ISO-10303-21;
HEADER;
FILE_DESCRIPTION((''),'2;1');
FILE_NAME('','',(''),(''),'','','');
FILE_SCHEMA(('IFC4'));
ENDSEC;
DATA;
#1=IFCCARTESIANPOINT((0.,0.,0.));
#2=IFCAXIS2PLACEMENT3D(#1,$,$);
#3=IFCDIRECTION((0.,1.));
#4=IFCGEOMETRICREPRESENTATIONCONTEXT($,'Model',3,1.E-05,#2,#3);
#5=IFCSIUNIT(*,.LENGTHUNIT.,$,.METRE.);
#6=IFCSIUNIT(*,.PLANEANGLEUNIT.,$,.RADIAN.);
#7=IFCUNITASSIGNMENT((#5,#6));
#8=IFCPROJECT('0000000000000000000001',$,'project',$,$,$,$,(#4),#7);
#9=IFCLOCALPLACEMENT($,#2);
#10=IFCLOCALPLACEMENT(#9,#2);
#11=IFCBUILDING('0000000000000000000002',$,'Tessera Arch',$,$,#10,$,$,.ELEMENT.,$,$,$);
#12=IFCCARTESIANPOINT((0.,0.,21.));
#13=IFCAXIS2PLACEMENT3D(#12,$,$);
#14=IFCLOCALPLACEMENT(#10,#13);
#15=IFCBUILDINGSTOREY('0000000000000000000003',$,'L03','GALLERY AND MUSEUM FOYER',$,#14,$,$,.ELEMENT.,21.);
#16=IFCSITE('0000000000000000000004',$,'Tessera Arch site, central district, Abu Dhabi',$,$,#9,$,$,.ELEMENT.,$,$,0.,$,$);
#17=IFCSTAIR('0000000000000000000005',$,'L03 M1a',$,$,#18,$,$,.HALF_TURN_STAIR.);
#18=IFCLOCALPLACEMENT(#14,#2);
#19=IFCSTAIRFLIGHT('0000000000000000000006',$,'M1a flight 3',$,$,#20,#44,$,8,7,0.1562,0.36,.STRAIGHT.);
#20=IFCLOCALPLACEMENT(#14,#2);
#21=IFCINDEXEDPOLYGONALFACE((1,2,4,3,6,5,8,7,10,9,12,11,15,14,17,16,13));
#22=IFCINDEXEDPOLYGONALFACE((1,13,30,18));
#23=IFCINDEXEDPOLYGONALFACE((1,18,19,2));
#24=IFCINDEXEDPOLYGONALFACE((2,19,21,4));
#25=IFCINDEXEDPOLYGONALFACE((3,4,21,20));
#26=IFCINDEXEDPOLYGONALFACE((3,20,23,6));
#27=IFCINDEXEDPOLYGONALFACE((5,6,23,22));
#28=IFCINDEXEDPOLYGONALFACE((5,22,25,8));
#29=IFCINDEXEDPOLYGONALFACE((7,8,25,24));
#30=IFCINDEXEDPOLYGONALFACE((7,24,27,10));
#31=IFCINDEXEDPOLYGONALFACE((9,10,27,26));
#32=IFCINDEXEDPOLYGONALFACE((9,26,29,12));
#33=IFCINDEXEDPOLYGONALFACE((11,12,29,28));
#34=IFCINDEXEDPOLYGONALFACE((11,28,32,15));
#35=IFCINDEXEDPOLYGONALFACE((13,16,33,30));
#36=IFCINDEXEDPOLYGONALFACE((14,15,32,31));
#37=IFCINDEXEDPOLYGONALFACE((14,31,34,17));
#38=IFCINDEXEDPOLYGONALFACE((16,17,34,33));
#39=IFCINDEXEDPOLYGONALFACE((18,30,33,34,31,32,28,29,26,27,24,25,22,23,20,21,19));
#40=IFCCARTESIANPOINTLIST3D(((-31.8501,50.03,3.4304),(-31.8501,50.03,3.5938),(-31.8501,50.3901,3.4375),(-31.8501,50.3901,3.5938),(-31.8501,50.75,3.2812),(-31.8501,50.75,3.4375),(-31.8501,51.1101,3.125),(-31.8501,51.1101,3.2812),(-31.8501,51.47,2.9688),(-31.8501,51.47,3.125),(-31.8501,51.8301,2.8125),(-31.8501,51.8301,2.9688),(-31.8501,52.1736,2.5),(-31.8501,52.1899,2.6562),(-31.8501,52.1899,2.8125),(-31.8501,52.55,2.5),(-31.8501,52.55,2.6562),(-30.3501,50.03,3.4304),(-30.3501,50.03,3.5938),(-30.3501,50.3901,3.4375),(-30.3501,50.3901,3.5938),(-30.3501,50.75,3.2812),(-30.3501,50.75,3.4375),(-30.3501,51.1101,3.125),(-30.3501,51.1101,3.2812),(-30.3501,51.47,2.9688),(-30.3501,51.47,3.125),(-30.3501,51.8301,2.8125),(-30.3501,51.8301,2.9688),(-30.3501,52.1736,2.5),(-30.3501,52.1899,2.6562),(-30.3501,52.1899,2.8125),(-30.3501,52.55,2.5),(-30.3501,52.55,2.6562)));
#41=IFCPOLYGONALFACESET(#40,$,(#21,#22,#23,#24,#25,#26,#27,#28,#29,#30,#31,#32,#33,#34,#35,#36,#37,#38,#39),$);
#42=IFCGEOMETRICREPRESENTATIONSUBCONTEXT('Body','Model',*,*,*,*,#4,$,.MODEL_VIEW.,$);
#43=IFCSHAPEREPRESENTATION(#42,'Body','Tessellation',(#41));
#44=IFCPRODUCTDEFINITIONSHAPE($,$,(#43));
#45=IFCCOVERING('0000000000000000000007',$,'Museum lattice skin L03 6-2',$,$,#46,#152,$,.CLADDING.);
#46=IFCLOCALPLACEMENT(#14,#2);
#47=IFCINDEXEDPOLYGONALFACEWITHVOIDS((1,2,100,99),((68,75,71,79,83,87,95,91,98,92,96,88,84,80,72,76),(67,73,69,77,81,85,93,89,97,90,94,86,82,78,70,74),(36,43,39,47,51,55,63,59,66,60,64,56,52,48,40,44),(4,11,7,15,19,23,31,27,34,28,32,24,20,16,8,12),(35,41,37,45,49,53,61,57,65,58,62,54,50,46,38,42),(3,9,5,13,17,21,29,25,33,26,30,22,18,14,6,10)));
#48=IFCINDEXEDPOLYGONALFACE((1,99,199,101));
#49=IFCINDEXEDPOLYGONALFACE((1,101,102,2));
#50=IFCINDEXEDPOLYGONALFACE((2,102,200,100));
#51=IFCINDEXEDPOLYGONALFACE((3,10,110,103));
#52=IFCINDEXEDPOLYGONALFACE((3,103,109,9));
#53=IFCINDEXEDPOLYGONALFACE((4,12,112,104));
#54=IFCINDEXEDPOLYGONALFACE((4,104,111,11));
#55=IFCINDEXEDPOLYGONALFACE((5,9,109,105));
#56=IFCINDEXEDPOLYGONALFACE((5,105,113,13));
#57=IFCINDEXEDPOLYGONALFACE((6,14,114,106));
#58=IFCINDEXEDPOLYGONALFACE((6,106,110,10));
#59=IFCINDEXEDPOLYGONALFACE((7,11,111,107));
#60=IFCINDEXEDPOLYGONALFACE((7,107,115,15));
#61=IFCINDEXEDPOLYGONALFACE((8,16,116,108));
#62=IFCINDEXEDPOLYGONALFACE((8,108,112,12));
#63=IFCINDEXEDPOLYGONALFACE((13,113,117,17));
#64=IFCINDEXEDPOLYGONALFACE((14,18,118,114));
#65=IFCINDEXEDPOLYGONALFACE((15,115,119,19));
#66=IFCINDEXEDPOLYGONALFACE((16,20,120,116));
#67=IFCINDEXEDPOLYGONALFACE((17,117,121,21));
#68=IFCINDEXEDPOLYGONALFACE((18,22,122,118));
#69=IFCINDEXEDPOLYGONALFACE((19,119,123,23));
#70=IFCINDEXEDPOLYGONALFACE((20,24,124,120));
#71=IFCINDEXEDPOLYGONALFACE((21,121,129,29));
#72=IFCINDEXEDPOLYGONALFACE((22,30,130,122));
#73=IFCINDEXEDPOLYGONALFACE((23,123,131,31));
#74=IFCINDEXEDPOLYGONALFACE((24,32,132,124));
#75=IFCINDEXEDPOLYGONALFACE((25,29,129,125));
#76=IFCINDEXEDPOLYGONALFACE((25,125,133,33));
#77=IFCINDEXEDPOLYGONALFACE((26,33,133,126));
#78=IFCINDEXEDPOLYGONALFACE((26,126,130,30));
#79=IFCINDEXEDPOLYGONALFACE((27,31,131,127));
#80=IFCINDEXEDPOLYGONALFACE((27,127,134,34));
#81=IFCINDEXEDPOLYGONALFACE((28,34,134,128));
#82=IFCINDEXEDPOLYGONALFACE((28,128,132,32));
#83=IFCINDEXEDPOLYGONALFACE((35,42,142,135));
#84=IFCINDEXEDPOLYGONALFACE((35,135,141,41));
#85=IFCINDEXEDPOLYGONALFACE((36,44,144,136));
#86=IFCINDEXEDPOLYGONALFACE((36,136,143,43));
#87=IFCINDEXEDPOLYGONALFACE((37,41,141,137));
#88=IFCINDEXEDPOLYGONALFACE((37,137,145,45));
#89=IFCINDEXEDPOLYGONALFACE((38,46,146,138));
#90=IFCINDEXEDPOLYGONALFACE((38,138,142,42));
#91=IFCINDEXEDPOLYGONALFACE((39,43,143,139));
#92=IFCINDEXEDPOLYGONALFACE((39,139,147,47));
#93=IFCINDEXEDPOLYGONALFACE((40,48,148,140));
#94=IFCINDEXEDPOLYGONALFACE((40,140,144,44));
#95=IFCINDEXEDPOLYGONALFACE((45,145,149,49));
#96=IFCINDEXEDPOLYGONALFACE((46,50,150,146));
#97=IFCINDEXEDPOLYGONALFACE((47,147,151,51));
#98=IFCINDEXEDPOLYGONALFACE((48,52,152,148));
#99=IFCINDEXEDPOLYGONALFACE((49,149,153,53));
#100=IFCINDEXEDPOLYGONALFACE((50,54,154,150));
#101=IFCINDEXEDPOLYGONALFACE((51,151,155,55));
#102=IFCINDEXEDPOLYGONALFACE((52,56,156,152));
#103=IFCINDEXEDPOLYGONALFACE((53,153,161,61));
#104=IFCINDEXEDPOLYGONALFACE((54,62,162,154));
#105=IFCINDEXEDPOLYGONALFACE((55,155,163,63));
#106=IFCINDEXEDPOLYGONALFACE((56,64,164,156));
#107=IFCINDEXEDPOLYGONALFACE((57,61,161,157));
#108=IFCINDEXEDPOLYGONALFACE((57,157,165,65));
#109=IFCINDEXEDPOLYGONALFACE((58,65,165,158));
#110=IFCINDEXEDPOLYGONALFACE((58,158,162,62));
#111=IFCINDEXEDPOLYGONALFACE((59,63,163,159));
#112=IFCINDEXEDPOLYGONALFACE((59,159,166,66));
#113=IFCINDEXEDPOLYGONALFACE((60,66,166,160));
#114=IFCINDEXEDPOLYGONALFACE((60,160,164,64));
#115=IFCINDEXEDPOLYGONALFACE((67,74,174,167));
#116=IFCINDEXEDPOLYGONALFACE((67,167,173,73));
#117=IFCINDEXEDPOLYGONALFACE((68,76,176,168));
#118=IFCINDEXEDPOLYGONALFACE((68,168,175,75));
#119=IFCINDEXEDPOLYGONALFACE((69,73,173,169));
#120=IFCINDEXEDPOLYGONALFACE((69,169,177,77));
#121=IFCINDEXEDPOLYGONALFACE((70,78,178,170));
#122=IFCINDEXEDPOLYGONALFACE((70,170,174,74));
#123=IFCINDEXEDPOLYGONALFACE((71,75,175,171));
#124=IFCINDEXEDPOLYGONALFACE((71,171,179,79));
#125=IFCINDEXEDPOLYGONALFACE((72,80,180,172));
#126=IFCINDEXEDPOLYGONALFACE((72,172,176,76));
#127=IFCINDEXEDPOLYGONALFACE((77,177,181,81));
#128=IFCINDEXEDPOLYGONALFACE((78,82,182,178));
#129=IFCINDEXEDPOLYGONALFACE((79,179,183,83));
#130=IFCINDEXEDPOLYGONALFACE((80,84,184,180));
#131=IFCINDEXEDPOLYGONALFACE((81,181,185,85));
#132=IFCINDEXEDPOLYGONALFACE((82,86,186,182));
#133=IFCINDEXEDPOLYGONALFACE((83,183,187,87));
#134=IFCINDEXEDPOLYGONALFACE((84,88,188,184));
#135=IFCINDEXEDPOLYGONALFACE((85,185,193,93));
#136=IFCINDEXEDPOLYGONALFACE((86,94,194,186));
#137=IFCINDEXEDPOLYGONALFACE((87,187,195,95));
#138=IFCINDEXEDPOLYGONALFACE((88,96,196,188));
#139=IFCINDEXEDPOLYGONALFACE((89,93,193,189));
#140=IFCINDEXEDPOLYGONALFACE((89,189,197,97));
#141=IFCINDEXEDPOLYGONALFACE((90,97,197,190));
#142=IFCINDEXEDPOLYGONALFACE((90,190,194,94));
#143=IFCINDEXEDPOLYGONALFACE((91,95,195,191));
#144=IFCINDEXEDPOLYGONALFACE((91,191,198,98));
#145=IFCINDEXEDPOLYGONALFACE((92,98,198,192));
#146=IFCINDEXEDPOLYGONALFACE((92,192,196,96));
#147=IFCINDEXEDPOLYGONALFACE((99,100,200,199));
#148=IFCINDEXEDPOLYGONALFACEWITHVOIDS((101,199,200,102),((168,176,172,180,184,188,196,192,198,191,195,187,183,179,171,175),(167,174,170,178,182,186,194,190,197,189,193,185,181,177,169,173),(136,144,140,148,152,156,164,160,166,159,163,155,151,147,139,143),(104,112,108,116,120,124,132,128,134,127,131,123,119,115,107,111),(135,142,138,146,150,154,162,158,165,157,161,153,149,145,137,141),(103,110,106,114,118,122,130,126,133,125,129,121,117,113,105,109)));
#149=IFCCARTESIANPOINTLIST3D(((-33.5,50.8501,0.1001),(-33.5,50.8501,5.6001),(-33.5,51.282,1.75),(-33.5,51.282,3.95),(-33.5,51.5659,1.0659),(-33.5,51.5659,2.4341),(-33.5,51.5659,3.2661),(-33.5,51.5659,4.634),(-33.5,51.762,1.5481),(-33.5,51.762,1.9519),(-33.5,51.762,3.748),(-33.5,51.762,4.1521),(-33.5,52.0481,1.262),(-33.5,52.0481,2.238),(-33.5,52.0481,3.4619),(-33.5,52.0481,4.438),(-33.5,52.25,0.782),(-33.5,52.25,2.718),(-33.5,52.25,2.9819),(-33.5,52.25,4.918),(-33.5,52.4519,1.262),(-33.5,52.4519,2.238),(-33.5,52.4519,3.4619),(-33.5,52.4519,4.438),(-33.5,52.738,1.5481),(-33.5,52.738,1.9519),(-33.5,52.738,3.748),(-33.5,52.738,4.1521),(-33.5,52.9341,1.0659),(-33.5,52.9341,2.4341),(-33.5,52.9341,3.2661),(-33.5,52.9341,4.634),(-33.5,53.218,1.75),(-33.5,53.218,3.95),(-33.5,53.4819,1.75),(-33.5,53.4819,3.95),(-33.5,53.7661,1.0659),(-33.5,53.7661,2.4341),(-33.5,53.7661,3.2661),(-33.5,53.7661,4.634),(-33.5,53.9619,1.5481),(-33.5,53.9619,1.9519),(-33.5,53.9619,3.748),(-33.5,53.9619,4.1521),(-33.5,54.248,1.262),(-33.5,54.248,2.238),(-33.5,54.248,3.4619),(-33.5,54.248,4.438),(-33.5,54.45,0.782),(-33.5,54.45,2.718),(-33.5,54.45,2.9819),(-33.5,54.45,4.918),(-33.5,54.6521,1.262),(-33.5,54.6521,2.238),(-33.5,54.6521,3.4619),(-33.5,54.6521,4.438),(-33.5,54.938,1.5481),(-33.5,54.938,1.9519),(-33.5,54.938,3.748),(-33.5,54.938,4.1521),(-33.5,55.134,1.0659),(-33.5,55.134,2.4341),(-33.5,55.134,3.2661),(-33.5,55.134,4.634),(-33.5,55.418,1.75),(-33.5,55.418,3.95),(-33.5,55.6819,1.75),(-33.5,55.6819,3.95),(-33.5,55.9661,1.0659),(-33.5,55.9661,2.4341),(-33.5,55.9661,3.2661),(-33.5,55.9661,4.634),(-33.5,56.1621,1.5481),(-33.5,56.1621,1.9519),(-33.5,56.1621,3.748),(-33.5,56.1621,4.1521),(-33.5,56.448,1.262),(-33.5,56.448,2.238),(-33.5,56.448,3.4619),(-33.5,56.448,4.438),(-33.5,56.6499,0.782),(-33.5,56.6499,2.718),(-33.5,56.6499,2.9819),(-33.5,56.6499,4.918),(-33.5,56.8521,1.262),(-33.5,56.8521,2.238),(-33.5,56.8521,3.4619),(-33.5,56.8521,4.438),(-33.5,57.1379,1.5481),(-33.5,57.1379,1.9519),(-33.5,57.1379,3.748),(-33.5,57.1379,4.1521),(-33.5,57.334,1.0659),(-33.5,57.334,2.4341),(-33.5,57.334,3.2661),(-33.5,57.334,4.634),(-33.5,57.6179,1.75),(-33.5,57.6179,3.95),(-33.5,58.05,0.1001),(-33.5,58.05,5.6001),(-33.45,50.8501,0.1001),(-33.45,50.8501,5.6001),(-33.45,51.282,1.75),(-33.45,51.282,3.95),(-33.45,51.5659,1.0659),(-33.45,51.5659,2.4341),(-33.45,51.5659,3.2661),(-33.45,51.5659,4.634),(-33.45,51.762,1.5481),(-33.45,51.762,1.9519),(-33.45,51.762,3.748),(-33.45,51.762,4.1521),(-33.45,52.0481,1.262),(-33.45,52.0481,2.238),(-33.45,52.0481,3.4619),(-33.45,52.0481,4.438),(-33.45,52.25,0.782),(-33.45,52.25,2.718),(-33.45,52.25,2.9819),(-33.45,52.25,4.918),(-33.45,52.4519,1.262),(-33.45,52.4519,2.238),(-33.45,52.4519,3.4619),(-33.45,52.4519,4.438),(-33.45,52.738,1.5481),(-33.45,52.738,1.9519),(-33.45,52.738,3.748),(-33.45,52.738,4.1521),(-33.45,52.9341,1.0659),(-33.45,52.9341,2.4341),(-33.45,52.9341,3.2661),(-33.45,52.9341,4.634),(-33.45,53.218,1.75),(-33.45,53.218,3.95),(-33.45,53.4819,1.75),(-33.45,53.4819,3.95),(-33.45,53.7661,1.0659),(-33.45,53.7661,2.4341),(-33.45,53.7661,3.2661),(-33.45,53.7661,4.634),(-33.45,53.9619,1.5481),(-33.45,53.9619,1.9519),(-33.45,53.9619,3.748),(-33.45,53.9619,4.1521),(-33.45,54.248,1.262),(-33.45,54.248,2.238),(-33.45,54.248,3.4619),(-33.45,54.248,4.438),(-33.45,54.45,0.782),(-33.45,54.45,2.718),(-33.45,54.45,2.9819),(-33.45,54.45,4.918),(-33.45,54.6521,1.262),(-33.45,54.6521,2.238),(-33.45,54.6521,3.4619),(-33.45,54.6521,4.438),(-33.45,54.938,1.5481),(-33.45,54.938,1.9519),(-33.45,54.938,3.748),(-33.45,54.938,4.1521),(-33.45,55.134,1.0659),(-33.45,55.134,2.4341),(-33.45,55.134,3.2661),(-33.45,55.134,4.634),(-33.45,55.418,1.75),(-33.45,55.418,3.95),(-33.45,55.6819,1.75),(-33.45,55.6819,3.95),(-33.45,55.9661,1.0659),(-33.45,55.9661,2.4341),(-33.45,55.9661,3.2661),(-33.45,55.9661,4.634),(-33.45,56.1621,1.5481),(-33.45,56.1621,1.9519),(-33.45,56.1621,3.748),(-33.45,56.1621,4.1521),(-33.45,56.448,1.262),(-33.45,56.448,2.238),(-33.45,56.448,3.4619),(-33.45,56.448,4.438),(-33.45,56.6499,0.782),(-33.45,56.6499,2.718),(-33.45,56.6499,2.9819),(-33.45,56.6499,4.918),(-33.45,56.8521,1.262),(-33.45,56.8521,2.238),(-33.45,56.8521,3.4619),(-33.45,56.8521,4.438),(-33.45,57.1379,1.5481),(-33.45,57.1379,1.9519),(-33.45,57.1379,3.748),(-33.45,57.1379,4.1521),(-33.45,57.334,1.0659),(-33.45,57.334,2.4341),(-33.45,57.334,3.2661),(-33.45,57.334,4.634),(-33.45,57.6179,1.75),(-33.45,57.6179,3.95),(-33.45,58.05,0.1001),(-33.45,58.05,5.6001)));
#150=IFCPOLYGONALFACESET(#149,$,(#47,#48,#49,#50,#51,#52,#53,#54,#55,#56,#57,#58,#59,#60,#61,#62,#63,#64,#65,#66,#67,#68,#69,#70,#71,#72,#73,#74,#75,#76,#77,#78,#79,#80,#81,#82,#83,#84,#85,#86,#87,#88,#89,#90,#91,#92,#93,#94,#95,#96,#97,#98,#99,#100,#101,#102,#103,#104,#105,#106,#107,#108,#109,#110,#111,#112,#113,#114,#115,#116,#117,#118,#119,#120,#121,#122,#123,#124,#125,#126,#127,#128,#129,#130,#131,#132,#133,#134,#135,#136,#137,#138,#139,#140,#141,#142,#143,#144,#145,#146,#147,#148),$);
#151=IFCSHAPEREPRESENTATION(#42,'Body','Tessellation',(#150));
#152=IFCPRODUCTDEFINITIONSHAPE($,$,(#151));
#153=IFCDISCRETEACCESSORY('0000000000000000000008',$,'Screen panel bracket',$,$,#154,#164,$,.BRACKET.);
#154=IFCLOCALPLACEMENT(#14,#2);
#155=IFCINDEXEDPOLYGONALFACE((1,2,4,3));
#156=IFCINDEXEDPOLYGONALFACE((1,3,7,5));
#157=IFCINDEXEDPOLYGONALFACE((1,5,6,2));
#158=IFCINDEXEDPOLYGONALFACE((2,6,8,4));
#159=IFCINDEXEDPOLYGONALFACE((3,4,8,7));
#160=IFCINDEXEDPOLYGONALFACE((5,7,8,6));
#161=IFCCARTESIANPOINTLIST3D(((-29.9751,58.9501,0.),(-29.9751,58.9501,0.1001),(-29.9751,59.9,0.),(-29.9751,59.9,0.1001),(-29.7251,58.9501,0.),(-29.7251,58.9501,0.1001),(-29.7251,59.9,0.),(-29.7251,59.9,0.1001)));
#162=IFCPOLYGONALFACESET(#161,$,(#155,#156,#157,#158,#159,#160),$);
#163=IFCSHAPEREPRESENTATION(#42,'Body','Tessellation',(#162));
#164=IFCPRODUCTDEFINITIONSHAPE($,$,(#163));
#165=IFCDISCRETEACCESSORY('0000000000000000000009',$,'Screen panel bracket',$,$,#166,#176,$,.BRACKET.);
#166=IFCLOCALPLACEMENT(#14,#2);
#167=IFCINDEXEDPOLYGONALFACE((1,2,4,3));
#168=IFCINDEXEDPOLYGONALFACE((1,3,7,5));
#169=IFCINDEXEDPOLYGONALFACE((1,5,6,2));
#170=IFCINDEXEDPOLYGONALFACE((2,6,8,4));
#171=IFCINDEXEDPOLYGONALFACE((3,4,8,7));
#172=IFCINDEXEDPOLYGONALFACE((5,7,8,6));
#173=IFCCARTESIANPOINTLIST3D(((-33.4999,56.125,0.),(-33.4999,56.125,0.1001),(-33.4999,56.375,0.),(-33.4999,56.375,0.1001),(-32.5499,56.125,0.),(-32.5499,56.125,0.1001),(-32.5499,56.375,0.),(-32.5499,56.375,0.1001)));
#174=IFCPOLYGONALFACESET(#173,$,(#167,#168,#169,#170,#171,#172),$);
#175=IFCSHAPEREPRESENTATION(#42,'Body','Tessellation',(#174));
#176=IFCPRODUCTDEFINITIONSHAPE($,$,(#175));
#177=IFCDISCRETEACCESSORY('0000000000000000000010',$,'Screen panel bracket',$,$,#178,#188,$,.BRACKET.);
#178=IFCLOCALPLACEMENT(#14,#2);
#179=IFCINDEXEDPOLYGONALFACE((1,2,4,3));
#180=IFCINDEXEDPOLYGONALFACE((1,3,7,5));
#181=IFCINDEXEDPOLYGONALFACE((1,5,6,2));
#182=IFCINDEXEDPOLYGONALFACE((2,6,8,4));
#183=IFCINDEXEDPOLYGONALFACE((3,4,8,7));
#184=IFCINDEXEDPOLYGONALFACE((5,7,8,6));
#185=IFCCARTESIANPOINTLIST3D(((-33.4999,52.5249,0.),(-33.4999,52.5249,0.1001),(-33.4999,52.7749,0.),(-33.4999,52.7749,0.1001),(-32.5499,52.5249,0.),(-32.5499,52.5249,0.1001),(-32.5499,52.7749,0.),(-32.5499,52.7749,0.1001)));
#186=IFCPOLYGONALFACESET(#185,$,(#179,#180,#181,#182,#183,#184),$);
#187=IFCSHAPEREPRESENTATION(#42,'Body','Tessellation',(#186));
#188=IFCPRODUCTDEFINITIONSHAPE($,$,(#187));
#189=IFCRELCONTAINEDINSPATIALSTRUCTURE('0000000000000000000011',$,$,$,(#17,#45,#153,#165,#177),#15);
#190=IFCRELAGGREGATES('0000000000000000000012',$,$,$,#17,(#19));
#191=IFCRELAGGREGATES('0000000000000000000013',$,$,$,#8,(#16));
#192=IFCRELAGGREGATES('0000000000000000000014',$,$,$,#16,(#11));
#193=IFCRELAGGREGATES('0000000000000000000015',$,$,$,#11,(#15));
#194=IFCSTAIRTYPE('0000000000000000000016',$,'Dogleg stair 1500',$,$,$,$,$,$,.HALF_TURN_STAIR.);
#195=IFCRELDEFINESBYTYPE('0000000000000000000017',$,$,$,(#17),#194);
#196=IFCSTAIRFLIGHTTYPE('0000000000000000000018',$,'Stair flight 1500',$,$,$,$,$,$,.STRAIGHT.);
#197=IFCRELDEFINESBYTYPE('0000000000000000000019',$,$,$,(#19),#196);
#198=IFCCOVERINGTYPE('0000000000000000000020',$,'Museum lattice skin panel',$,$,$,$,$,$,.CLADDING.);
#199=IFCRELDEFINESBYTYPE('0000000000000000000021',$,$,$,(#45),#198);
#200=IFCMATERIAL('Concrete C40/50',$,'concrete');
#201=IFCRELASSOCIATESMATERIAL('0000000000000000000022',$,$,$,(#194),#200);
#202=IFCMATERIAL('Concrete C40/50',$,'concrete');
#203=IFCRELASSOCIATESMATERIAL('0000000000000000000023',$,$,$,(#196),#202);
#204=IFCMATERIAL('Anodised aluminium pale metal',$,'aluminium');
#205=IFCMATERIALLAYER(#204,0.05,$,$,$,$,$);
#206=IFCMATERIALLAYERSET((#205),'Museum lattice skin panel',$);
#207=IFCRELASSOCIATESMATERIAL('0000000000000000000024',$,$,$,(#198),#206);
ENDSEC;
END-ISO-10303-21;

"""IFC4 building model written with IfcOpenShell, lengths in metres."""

from ifc_helpers import new_model, si_unit, direction, frame, origin, origin_2d, place, context, subcontext, project, spatial, polyline, rectangle, outline, extrude, material, layer, layer_set, type_object, element, aggregate, save


model = new_model("IFC4")

# Units and contexts
model_context = context("Model", 3, precision=1e-05, world=origin(), true_north=direction((0.0, 1.0)))
body_context = subcontext(model_context, "Body", "Model", "MODEL_VIEW")
ifc_project = project(units=[si_unit("LENGTHUNIT", "METRE"), si_unit("PLANEANGLEUNIT", "RADIAN")], contexts=[model_context])

# Site, building, storey
site_placement = place(None, origin())
site = spatial("IfcSite", under=ifc_project, at=site_placement, Name="Tessera Arch site, central district, Abu Dhabi", CompositionType="ELEMENT", RefElevation=0.0)
building_placement = place(site_placement, origin())
building = spatial("IfcBuilding", under=site, at=building_placement, Name="Tessera Arch", CompositionType="ELEMENT")
storey_placement = place(building_placement, frame((0.0, 0.0, 21.0)))
storey = spatial("IfcBuildingStorey", under=building, at=storey_placement, Name="L03", Description="GALLERY AND MUSEUM FOYER", CompositionType="ELEMENT", Elevation=21.0)

# Stair, stair flight
ifc_material_1 = material(Name="Concrete C40/50", Category="concrete")
stair_type = type_object("IfcStairType", Name="Dogleg stair 1500", PredefinedType="HALF_TURN_STAIR", material=ifc_material_1)
stair_placement = place(storey_placement, origin())
stair = element("IfcStair", 1, at=stair_placement, inside=storey, type_object=stair_type, Name="L03 M1a", PredefinedType="HALF_TURN_STAIR")
ifc_material_2 = material(Name="Concrete C40/50", Category="concrete")
stair_flight_type = type_object("IfcStairFlightType", Name="Stair flight 1500", PredefinedType="STRAIGHT", material=ifc_material_2)
stair_flight_placement = place(storey_placement, frame((-31.1001, 52.55, 2.5), z_axis=(0.0, 0.0, 1.0), x_axis=(0.0, -1.0, 0.0)))
stair_flight = element("IfcStairFlight", 2, at=stair_flight_placement, type_object=stair_flight_type, Name="M1a flight 3", NumberOfRisers=8, NumberOfTreads=7, PredefinedType="STRAIGHT", RiserHeight=0.1562, TreadLength=0.36, context=body_context, shape_type="SweptSolid", body=[
    extrude(outline(polyline([(0.0, 0.0), (0.0, 0.1562), (0.3601, 0.1562), (0.3601, 0.3125), (0.72, 0.3125), (0.72, 0.4688), (1.0801, 0.4688), (1.0801, 0.625), (1.4399, 0.625), (1.4399, 0.7812), (1.8, 0.7812), (1.8, 0.9375), (2.1599, 0.9375), (2.1599, 1.0938), (2.52, 1.0938), (2.52, 1.25), (2.52, 0.9304), (0.3765, 0.0), (0.0, 0.0)])), frame((0.0, 0.75, 0.0), z_axis=(0.0, -1.0, 0.0), x_axis=(1.0, 0.0, 0.0)), (0.0, 0.0, 1.0), 1.5),
])
aggregate(stair, [stair_flight])

# Covering
ifc_material_3 = material(Name="Anodised aluminium pale metal", Category="aluminium")
ifc_layer_1 = layer(ifc_material_3, 0.05)
ifc_layer_set_1 = layer_set([ifc_layer_1], Name="Museum lattice skin panel")
covering_type = type_object("IfcCoveringType", Name="Museum lattice skin panel", PredefinedType="CLADDING", material=ifc_layer_set_1)
covering_placement = place(storey_placement, frame((-33.45, 58.05, 5.6001), z_axis=(1.0, 0.0, 0.0), x_axis=(0.0, -1.0, 0.0)))
element("IfcCovering", 3, at=covering_placement, inside=storey, type_object=covering_type, Name="Museum lattice skin L03 6-2", PredefinedType="CLADDING", context=body_context, shape_type="SweptSolid", body=[
    extrude(outline(polyline([(0.0, 0.0), (7.2, 0.0), (7.2, 5.5), (0.0, 5.5), (0.0, 0.0)]), holes=[polyline([(2.3682, 3.8501), (1.8879, 3.6482), (2.084, 3.166), (1.6021, 3.3621), (1.4001, 2.8821), (1.198, 3.3621), (0.7161, 3.166), (0.9121, 3.6482), (0.4321, 3.8501), (0.9121, 4.052), (0.7161, 4.5342), (1.198, 4.3381), (1.4001, 4.8181), (1.6021, 4.3381), (2.084, 4.5342), (1.8879, 4.052), (2.3682, 3.8501)]), polyline([(2.3682, 1.6501), (1.8879, 1.448), (2.084, 0.9661), (1.6021, 1.1621), (1.4001, 0.6821), (1.198, 1.1621), (0.7161, 0.9661), (0.9121, 1.448), (0.4321, 1.6501), (0.9121, 1.8521), (0.7161, 2.334), (1.198, 2.1382), (1.4001, 2.6182), (1.6021, 2.1382), (2.084, 2.334), (1.8879, 1.8521), (2.3682, 1.6501)]), polyline([(4.5681, 3.8501), (4.0881, 3.6482), (4.2839, 3.166), (3.802, 3.3621), (3.6001, 2.8821), (3.3979, 3.3621), (2.916, 3.166), (3.1121, 3.6482), (2.6321, 3.8501), (3.1121, 4.052), (2.916, 4.5342), (3.3979, 4.3381), (3.6001, 4.8181), (3.802, 4.3381), (4.2839, 4.5342), (4.0881, 4.052), (4.5681, 3.8501)]), polyline([(4.5681, 1.6501), (4.0881, 1.448), (4.2839, 0.9661), (3.802, 1.1621), (3.6001, 0.6821), (3.3979, 1.1621), (2.916, 0.9661), (3.1121, 1.448), (2.6321, 1.6501), (3.1121, 1.8521), (2.916, 2.334), (3.3979, 2.1382), (3.6001, 2.6182), (3.802, 2.1382), (4.2839, 2.334), (4.0881, 1.8521), (4.5681, 1.6501)]), polyline([(6.7681, 3.8501), (6.2881, 3.6482), (6.4841, 3.166), (6.002, 3.3621), (5.8, 2.8821), (5.5981, 3.3621), (5.116, 3.166), (5.312, 3.6482), (4.832, 3.8501), (5.312, 4.052), (5.116, 4.5342), (5.5981, 4.3381), (5.8, 4.8181), (6.002, 4.3381), (6.4841, 4.5342), (6.2881, 4.052), (6.7681, 3.8501)]), polyline([(6.7681, 1.6501), (6.2881, 1.448), (6.4841, 0.9661), (6.002, 1.1621), (5.8, 0.6821), (5.5981, 1.1621), (5.116, 0.9661), (5.312, 1.448), (4.832, 1.6501), (5.312, 1.8521), (5.116, 2.334), (5.5981, 2.1382), (5.8, 2.6182), (6.002, 2.1382), (6.4841, 2.334), (6.2881, 1.8521), (6.7681, 1.6501)])]), origin(), (0.0, 0.0, -1.0), 0.05),
])

# Discrete accessories
for number, where, z_axis, x_axis, name in (
    (4, (-29.8501, 59.425, 0.0), (0.0, 0.0, 1.0), (0.0, 1.0, 0.0), "Screen panel bracket"),
    (5, (-33.0249, 56.25, 0.0), (0.0, 0.0, 1.0), (-1.0, 0.0, 0.0), "Screen panel bracket"),
    (6, (-33.0249, 52.6499, 0.0), (0.0, 0.0, 1.0), (-1.0, 0.0, 0.0), "Screen panel bracket"),
):
    element("IfcDiscreteAccessory", number, at=place(storey_placement, frame(where, z_axis=z_axis, x_axis=x_axis)), inside=storey, Name=name, PredefinedType="BRACKET", context=body_context, shape_type="SweptSolid", body=[
        extrude(rectangle(XDim=0.95, YDim=0.25, at=origin_2d()), origin(), (0.0, 0.0, 1.0), 0.1001),
    ])

save(model, "model.ifc")
